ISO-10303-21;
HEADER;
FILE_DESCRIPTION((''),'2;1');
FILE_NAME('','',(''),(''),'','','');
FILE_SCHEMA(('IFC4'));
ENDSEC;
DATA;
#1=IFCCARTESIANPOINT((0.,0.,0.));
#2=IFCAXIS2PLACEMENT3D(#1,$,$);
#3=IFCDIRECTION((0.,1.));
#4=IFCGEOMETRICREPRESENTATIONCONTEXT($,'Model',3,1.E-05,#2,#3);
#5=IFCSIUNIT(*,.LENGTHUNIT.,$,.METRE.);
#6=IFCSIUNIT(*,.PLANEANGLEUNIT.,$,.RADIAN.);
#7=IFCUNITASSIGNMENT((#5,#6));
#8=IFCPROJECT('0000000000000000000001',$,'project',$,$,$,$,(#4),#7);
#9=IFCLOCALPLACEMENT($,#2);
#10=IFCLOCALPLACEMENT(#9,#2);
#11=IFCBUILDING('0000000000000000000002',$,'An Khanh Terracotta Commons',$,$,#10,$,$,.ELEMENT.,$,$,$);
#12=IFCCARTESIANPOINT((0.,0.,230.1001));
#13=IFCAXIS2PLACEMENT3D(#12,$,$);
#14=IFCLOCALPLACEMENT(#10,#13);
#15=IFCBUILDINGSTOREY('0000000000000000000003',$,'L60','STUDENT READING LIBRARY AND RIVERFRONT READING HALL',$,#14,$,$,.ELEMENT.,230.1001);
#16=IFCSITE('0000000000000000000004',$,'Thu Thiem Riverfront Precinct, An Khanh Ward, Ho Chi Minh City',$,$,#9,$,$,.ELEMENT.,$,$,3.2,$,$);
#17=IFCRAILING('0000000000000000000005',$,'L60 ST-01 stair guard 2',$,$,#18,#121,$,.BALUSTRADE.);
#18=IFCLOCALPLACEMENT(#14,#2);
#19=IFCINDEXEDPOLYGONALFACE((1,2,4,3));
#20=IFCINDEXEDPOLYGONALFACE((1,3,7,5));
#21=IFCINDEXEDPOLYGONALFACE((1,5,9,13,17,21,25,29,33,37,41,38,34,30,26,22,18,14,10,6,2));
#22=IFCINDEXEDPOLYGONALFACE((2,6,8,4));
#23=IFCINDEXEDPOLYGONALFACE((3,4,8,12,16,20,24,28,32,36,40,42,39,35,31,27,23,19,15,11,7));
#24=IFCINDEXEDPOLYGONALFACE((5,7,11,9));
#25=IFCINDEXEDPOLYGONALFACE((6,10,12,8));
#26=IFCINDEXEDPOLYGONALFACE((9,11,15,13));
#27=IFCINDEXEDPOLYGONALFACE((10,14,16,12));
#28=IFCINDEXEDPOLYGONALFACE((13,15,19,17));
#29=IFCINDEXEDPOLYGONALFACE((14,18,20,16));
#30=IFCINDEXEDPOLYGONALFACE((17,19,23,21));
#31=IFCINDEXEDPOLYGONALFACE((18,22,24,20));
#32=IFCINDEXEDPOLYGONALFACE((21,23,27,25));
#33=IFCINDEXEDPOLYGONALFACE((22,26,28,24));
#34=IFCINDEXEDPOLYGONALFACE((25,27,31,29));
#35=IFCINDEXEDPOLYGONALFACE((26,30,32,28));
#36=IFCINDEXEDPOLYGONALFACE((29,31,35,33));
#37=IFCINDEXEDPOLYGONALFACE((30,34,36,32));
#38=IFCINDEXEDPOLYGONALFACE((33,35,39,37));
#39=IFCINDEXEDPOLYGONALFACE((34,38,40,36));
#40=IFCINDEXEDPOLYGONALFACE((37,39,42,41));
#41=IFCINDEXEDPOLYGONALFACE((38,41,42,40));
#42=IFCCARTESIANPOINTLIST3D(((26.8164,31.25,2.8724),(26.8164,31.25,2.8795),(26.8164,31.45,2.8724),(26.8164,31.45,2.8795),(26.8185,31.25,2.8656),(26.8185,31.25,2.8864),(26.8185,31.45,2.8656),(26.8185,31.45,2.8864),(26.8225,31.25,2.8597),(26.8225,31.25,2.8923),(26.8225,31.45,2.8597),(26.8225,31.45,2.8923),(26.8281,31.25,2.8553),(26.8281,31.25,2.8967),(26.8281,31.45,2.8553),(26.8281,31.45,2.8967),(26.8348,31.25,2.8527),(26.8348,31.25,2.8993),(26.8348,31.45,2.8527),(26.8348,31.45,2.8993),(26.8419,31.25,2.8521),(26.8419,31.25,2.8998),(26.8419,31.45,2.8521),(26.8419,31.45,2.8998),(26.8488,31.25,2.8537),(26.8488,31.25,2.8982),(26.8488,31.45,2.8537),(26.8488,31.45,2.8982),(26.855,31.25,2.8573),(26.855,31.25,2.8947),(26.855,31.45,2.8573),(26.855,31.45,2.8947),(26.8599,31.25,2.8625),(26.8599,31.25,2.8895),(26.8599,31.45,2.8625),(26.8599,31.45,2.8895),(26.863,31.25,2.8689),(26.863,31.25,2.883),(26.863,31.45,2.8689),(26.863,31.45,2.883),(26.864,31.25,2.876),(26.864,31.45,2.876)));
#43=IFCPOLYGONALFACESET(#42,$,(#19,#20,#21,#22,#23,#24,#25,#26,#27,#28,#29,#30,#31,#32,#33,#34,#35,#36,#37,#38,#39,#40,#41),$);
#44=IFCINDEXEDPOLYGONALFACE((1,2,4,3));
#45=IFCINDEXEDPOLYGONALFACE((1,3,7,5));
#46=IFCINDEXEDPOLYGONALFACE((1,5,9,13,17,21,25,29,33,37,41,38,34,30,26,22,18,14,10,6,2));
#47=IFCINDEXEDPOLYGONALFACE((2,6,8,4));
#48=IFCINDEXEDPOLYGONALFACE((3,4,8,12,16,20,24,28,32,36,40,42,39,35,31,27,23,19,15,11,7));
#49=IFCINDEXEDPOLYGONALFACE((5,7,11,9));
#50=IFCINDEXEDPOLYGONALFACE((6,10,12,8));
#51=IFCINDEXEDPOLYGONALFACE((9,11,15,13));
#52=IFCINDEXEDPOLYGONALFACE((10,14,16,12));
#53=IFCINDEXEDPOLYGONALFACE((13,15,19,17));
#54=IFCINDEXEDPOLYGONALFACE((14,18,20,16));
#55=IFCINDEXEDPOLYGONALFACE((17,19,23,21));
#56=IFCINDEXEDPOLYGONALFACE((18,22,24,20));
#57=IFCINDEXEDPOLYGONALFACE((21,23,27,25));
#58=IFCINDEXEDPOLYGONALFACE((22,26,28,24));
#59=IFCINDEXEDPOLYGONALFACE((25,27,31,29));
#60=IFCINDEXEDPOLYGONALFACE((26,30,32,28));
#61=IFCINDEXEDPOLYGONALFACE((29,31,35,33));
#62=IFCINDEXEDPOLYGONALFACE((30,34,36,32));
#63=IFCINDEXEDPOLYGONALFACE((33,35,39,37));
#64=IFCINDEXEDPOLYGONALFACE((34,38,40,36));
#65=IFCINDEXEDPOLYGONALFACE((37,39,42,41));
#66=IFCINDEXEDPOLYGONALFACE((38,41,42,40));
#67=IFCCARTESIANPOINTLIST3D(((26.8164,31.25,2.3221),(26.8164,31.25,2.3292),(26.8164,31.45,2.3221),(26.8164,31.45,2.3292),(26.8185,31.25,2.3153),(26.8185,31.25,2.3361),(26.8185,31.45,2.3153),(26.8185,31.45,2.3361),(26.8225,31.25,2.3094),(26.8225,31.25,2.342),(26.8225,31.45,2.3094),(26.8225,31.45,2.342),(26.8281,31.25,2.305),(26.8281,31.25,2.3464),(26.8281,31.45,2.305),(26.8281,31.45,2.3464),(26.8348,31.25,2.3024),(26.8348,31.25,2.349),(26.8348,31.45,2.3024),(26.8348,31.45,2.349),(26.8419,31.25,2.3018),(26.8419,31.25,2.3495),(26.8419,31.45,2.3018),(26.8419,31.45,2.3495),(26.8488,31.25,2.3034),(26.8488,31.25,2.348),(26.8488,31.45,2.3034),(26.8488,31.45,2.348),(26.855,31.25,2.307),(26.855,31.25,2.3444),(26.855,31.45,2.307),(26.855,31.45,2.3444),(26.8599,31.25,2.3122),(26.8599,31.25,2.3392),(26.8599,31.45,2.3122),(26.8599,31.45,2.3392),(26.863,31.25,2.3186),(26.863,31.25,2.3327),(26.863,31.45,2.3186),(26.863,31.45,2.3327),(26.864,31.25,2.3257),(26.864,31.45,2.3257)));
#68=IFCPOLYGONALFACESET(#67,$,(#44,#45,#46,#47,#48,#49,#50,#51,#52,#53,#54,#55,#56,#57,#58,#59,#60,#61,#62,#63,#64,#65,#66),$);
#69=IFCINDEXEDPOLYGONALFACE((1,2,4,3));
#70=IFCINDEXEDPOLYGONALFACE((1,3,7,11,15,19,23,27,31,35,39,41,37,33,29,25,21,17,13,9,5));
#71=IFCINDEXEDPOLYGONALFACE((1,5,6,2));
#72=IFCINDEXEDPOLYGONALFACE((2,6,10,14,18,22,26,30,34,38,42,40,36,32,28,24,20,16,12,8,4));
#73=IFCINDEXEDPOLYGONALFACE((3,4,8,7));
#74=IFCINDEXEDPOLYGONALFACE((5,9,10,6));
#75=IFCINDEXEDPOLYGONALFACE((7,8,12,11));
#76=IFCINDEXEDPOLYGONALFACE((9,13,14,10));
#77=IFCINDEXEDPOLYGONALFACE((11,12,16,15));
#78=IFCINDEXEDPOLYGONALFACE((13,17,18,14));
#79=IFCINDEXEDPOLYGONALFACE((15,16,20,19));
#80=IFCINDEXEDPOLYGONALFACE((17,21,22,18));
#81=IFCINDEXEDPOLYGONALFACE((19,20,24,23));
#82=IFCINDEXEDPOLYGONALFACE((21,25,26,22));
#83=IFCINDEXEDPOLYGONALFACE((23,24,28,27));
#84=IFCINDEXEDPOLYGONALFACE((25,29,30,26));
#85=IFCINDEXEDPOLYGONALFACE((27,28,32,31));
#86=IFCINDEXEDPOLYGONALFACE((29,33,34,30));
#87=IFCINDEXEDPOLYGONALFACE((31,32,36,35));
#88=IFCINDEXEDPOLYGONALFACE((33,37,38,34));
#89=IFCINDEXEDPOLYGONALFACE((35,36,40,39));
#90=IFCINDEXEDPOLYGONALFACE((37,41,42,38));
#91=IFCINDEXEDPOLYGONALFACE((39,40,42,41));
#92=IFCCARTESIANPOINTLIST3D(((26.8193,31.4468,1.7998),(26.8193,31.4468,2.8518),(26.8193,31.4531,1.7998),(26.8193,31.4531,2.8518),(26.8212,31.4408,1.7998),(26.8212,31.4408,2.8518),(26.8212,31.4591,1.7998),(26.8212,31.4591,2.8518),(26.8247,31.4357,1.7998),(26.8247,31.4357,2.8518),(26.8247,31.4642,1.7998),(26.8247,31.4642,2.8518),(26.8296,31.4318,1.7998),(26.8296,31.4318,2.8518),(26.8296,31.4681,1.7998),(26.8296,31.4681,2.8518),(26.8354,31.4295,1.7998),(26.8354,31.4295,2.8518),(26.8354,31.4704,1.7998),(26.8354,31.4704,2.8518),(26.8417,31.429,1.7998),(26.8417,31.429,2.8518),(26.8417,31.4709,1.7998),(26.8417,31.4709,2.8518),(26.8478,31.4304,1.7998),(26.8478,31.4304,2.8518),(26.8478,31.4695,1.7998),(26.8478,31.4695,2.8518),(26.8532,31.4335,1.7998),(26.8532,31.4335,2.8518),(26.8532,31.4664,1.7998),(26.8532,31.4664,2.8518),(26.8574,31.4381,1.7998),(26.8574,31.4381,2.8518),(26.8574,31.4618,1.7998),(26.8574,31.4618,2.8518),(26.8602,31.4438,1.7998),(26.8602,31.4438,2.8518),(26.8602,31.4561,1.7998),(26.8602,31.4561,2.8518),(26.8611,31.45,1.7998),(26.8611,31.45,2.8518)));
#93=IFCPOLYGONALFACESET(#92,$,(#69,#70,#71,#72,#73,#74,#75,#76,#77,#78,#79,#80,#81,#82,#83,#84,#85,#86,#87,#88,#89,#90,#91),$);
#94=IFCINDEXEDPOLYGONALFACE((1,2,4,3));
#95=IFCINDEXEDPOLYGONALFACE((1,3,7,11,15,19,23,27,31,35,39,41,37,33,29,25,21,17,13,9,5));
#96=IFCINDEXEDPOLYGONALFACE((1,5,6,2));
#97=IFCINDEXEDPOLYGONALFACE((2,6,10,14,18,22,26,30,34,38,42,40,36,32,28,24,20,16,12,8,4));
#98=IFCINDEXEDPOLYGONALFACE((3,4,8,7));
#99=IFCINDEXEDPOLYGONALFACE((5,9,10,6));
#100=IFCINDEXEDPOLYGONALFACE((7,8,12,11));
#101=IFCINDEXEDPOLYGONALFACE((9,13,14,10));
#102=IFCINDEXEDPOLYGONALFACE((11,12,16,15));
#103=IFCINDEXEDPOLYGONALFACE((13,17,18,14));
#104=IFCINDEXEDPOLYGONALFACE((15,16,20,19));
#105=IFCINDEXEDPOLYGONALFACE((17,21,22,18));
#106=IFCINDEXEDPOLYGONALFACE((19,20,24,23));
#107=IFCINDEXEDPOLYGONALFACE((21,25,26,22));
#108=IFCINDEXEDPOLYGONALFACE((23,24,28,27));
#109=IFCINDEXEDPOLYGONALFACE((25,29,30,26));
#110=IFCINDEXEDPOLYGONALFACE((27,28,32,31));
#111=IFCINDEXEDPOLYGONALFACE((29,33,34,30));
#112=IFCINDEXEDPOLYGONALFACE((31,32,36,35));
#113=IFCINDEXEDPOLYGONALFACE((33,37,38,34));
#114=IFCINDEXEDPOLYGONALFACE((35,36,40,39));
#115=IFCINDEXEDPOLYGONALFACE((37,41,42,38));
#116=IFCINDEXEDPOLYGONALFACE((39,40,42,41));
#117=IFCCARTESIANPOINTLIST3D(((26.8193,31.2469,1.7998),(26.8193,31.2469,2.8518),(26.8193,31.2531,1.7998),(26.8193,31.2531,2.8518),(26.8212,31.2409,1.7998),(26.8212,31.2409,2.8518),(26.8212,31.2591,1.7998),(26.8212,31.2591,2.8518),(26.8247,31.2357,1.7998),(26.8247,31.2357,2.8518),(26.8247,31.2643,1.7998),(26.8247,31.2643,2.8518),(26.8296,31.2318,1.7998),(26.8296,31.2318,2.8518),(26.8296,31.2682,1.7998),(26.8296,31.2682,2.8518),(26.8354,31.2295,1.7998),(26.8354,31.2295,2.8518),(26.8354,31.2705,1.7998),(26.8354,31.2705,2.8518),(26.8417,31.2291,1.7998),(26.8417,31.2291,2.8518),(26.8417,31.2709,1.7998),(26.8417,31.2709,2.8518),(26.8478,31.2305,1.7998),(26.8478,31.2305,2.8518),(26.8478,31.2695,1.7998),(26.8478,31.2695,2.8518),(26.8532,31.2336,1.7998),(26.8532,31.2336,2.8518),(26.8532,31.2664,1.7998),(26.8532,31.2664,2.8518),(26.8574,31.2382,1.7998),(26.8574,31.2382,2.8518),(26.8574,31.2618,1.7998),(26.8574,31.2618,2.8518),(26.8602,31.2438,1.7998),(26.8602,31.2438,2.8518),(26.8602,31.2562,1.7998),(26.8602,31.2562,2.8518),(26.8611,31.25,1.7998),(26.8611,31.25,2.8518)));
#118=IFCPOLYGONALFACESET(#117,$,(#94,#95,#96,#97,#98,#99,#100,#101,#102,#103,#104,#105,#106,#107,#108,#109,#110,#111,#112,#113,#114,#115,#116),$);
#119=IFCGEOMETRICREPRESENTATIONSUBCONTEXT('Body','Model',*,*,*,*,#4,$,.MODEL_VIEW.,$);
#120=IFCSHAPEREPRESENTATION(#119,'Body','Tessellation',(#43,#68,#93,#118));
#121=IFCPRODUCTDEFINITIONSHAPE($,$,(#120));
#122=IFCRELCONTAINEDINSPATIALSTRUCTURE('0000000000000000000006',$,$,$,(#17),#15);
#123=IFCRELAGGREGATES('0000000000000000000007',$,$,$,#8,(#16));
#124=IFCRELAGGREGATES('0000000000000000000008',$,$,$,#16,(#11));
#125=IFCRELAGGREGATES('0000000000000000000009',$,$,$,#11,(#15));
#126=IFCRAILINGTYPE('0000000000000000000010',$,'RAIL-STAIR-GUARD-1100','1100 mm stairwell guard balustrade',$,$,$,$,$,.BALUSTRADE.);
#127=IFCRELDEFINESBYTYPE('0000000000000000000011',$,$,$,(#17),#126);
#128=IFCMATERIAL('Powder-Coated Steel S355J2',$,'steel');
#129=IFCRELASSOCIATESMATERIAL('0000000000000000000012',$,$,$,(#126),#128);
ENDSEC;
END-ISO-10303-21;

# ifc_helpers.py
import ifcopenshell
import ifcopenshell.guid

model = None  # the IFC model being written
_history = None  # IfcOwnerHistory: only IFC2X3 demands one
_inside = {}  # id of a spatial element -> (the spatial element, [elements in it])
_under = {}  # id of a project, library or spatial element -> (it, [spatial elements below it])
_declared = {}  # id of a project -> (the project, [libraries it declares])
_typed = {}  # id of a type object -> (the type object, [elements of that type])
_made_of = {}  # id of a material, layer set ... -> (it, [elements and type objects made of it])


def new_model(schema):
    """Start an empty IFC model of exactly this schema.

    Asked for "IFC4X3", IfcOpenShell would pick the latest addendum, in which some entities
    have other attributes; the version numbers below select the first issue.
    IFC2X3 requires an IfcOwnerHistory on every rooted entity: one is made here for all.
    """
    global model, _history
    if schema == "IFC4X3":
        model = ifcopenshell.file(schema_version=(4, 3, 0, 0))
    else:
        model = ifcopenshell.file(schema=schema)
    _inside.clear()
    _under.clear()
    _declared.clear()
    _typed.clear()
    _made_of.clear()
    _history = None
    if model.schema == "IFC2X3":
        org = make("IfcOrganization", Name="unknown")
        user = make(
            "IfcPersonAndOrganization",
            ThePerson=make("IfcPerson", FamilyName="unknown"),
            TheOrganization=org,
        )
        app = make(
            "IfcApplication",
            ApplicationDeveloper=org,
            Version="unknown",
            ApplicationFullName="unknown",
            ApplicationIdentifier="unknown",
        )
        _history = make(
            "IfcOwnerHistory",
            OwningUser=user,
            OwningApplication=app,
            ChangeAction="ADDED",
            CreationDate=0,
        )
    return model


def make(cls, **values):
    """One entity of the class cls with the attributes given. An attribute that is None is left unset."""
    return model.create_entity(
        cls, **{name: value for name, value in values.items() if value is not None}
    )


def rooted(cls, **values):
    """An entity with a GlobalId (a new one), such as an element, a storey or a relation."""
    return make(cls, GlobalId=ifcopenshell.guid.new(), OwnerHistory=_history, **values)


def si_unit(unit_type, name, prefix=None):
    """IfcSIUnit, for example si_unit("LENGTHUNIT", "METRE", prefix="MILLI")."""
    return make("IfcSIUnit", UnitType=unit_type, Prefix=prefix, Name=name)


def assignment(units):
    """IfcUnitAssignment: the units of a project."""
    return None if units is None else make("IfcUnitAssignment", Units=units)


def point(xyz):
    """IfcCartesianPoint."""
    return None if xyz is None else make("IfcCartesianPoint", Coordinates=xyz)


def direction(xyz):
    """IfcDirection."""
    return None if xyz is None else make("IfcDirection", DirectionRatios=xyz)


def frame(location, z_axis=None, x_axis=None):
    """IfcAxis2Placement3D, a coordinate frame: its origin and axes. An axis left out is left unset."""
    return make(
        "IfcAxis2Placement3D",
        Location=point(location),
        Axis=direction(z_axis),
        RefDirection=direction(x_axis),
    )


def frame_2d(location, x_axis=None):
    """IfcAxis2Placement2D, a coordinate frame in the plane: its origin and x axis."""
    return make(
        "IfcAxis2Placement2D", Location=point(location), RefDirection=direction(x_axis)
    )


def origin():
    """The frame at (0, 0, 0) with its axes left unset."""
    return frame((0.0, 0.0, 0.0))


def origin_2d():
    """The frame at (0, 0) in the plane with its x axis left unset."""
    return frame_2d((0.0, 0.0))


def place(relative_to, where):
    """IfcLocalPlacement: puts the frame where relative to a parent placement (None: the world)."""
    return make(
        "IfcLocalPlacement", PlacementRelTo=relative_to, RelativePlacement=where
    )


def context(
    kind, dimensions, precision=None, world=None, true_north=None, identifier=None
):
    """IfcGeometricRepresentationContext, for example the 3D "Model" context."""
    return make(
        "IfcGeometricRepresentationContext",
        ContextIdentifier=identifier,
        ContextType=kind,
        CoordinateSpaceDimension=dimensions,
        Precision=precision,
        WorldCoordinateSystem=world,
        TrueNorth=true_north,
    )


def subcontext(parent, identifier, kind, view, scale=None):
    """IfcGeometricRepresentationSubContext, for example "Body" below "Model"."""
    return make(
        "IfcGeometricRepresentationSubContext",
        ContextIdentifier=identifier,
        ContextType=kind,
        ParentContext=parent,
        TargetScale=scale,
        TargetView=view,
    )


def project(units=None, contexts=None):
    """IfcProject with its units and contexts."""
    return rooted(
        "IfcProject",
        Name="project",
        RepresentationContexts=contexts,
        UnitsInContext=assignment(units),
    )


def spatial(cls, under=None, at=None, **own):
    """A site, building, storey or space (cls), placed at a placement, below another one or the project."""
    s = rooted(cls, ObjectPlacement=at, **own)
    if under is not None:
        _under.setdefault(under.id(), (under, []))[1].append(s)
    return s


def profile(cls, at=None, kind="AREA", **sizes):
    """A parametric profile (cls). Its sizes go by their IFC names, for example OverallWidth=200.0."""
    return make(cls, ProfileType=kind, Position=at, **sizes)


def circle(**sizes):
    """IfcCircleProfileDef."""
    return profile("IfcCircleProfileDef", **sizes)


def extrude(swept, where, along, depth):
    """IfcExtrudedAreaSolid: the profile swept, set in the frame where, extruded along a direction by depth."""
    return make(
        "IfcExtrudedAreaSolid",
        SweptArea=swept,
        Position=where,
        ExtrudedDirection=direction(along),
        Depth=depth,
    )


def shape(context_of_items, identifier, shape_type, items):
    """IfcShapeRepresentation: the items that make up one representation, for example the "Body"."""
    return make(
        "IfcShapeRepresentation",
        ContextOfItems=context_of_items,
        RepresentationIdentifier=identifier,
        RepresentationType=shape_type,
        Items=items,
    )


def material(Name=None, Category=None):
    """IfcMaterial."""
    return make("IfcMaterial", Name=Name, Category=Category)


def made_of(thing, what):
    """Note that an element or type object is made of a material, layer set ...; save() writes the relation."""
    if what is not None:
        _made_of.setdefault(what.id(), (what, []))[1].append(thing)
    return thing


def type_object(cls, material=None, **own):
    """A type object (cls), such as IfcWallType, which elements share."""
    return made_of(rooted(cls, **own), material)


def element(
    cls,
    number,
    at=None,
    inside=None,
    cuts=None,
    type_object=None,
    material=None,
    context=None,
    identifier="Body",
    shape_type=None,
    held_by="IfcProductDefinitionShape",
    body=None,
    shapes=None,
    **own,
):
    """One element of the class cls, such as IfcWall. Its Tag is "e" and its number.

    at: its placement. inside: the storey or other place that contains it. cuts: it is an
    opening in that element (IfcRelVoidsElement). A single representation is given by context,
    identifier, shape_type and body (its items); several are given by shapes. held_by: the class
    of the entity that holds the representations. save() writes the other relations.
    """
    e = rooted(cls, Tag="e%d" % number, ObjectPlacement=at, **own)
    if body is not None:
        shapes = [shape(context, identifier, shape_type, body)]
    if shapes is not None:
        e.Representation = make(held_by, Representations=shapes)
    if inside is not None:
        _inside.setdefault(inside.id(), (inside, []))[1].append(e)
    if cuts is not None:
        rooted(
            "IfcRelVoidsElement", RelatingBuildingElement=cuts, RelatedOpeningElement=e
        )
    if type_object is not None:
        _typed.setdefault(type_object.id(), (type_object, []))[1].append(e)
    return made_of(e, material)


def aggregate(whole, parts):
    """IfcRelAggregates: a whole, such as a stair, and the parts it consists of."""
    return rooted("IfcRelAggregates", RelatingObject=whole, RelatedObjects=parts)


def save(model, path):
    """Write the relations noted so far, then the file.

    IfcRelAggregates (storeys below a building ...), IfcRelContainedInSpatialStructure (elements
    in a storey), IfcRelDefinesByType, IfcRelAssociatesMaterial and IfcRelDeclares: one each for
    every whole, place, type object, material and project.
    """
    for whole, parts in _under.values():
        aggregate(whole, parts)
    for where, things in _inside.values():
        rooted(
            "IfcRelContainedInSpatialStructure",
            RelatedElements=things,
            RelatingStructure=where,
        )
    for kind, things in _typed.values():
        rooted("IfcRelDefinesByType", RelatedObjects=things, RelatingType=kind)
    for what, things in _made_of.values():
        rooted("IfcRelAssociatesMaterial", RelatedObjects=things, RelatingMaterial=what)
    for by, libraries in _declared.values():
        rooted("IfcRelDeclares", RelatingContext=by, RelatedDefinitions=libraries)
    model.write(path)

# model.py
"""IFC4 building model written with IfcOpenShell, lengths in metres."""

from ifc_helpers import new_model, si_unit, direction, frame, origin, origin_2d, place, context, subcontext, project, spatial, circle, extrude, material, type_object, element, save


model = new_model("IFC4")

# Units and contexts
model_context = context("Model", 3, precision=1e-05, world=origin(), true_north=direction((0.0, 1.0)))
body_context = subcontext(model_context, "Body", "Model", "MODEL_VIEW")
ifc_project = project(units=[si_unit("LENGTHUNIT", "METRE"), si_unit("PLANEANGLEUNIT", "RADIAN")], contexts=[model_context])

# Site, building, storey
site_placement = place(None, origin())
site = spatial("IfcSite", under=ifc_project, at=site_placement, Name="Thu Thiem Riverfront Precinct, An Khanh Ward, Ho Chi Minh City", CompositionType="ELEMENT", RefElevation=3.2)
building_placement = place(site_placement, origin())
building = spatial("IfcBuilding", under=site, at=building_placement, Name="An Khanh Terracotta Commons", CompositionType="ELEMENT")
storey_placement = place(building_placement, frame((0.0, 0.0, 230.1001)))
storey = spatial("IfcBuildingStorey", under=building, at=storey_placement, Name="L60", Description="STUDENT READING LIBRARY AND RIVERFRONT READING HALL", CompositionType="ELEMENT", Elevation=230.1001)

# Railing
ifc_material_1 = material(Name="Powder-Coated Steel S355J2", Category="steel")
railing_type = type_object("IfcRailingType", Name="RAIL-STAIR-GUARD-1100", Description="1100 mm stairwell guard balustrade", PredefinedType="BALUSTRADE", material=ifc_material_1)
railing_1_placement = place(storey_placement, frame((26.8401, 31.45, 1.7998)))
element("IfcRailing", 1, at=railing_1_placement, inside=storey, type_object=railing_type, Name="L60 ST-01 stair guard 2", PredefinedType="BALUSTRADE", context=body_context, shape_type="SweptSolid", body=[
    extrude(circle(Radius=0.0239, at=origin_2d()), frame((0.0, 0.0, 1.0762), z_axis=(0.0, -1.0, 0.0), x_axis=(1.0, 0.0, 0.0)), (0.0, 0.0, 1.0), 0.2),
    extrude(circle(Radius=0.0239, at=origin_2d()), frame((0.0, 0.0, 0.5259), z_axis=(0.0, -1.0, 0.0), x_axis=(1.0, 0.0, 0.0)), (0.0, 0.0, 1.0), 0.2),
    extrude(circle(Radius=0.021, at=origin_2d()), origin(), (0.0, 0.0, 1.0), 1.052),
    extrude(circle(Radius=0.021, at=origin_2d()), frame((0.0, -0.2, 0.0)), (0.0, 0.0, 1.0), 1.052),
])

save(model, "model.ifc")
